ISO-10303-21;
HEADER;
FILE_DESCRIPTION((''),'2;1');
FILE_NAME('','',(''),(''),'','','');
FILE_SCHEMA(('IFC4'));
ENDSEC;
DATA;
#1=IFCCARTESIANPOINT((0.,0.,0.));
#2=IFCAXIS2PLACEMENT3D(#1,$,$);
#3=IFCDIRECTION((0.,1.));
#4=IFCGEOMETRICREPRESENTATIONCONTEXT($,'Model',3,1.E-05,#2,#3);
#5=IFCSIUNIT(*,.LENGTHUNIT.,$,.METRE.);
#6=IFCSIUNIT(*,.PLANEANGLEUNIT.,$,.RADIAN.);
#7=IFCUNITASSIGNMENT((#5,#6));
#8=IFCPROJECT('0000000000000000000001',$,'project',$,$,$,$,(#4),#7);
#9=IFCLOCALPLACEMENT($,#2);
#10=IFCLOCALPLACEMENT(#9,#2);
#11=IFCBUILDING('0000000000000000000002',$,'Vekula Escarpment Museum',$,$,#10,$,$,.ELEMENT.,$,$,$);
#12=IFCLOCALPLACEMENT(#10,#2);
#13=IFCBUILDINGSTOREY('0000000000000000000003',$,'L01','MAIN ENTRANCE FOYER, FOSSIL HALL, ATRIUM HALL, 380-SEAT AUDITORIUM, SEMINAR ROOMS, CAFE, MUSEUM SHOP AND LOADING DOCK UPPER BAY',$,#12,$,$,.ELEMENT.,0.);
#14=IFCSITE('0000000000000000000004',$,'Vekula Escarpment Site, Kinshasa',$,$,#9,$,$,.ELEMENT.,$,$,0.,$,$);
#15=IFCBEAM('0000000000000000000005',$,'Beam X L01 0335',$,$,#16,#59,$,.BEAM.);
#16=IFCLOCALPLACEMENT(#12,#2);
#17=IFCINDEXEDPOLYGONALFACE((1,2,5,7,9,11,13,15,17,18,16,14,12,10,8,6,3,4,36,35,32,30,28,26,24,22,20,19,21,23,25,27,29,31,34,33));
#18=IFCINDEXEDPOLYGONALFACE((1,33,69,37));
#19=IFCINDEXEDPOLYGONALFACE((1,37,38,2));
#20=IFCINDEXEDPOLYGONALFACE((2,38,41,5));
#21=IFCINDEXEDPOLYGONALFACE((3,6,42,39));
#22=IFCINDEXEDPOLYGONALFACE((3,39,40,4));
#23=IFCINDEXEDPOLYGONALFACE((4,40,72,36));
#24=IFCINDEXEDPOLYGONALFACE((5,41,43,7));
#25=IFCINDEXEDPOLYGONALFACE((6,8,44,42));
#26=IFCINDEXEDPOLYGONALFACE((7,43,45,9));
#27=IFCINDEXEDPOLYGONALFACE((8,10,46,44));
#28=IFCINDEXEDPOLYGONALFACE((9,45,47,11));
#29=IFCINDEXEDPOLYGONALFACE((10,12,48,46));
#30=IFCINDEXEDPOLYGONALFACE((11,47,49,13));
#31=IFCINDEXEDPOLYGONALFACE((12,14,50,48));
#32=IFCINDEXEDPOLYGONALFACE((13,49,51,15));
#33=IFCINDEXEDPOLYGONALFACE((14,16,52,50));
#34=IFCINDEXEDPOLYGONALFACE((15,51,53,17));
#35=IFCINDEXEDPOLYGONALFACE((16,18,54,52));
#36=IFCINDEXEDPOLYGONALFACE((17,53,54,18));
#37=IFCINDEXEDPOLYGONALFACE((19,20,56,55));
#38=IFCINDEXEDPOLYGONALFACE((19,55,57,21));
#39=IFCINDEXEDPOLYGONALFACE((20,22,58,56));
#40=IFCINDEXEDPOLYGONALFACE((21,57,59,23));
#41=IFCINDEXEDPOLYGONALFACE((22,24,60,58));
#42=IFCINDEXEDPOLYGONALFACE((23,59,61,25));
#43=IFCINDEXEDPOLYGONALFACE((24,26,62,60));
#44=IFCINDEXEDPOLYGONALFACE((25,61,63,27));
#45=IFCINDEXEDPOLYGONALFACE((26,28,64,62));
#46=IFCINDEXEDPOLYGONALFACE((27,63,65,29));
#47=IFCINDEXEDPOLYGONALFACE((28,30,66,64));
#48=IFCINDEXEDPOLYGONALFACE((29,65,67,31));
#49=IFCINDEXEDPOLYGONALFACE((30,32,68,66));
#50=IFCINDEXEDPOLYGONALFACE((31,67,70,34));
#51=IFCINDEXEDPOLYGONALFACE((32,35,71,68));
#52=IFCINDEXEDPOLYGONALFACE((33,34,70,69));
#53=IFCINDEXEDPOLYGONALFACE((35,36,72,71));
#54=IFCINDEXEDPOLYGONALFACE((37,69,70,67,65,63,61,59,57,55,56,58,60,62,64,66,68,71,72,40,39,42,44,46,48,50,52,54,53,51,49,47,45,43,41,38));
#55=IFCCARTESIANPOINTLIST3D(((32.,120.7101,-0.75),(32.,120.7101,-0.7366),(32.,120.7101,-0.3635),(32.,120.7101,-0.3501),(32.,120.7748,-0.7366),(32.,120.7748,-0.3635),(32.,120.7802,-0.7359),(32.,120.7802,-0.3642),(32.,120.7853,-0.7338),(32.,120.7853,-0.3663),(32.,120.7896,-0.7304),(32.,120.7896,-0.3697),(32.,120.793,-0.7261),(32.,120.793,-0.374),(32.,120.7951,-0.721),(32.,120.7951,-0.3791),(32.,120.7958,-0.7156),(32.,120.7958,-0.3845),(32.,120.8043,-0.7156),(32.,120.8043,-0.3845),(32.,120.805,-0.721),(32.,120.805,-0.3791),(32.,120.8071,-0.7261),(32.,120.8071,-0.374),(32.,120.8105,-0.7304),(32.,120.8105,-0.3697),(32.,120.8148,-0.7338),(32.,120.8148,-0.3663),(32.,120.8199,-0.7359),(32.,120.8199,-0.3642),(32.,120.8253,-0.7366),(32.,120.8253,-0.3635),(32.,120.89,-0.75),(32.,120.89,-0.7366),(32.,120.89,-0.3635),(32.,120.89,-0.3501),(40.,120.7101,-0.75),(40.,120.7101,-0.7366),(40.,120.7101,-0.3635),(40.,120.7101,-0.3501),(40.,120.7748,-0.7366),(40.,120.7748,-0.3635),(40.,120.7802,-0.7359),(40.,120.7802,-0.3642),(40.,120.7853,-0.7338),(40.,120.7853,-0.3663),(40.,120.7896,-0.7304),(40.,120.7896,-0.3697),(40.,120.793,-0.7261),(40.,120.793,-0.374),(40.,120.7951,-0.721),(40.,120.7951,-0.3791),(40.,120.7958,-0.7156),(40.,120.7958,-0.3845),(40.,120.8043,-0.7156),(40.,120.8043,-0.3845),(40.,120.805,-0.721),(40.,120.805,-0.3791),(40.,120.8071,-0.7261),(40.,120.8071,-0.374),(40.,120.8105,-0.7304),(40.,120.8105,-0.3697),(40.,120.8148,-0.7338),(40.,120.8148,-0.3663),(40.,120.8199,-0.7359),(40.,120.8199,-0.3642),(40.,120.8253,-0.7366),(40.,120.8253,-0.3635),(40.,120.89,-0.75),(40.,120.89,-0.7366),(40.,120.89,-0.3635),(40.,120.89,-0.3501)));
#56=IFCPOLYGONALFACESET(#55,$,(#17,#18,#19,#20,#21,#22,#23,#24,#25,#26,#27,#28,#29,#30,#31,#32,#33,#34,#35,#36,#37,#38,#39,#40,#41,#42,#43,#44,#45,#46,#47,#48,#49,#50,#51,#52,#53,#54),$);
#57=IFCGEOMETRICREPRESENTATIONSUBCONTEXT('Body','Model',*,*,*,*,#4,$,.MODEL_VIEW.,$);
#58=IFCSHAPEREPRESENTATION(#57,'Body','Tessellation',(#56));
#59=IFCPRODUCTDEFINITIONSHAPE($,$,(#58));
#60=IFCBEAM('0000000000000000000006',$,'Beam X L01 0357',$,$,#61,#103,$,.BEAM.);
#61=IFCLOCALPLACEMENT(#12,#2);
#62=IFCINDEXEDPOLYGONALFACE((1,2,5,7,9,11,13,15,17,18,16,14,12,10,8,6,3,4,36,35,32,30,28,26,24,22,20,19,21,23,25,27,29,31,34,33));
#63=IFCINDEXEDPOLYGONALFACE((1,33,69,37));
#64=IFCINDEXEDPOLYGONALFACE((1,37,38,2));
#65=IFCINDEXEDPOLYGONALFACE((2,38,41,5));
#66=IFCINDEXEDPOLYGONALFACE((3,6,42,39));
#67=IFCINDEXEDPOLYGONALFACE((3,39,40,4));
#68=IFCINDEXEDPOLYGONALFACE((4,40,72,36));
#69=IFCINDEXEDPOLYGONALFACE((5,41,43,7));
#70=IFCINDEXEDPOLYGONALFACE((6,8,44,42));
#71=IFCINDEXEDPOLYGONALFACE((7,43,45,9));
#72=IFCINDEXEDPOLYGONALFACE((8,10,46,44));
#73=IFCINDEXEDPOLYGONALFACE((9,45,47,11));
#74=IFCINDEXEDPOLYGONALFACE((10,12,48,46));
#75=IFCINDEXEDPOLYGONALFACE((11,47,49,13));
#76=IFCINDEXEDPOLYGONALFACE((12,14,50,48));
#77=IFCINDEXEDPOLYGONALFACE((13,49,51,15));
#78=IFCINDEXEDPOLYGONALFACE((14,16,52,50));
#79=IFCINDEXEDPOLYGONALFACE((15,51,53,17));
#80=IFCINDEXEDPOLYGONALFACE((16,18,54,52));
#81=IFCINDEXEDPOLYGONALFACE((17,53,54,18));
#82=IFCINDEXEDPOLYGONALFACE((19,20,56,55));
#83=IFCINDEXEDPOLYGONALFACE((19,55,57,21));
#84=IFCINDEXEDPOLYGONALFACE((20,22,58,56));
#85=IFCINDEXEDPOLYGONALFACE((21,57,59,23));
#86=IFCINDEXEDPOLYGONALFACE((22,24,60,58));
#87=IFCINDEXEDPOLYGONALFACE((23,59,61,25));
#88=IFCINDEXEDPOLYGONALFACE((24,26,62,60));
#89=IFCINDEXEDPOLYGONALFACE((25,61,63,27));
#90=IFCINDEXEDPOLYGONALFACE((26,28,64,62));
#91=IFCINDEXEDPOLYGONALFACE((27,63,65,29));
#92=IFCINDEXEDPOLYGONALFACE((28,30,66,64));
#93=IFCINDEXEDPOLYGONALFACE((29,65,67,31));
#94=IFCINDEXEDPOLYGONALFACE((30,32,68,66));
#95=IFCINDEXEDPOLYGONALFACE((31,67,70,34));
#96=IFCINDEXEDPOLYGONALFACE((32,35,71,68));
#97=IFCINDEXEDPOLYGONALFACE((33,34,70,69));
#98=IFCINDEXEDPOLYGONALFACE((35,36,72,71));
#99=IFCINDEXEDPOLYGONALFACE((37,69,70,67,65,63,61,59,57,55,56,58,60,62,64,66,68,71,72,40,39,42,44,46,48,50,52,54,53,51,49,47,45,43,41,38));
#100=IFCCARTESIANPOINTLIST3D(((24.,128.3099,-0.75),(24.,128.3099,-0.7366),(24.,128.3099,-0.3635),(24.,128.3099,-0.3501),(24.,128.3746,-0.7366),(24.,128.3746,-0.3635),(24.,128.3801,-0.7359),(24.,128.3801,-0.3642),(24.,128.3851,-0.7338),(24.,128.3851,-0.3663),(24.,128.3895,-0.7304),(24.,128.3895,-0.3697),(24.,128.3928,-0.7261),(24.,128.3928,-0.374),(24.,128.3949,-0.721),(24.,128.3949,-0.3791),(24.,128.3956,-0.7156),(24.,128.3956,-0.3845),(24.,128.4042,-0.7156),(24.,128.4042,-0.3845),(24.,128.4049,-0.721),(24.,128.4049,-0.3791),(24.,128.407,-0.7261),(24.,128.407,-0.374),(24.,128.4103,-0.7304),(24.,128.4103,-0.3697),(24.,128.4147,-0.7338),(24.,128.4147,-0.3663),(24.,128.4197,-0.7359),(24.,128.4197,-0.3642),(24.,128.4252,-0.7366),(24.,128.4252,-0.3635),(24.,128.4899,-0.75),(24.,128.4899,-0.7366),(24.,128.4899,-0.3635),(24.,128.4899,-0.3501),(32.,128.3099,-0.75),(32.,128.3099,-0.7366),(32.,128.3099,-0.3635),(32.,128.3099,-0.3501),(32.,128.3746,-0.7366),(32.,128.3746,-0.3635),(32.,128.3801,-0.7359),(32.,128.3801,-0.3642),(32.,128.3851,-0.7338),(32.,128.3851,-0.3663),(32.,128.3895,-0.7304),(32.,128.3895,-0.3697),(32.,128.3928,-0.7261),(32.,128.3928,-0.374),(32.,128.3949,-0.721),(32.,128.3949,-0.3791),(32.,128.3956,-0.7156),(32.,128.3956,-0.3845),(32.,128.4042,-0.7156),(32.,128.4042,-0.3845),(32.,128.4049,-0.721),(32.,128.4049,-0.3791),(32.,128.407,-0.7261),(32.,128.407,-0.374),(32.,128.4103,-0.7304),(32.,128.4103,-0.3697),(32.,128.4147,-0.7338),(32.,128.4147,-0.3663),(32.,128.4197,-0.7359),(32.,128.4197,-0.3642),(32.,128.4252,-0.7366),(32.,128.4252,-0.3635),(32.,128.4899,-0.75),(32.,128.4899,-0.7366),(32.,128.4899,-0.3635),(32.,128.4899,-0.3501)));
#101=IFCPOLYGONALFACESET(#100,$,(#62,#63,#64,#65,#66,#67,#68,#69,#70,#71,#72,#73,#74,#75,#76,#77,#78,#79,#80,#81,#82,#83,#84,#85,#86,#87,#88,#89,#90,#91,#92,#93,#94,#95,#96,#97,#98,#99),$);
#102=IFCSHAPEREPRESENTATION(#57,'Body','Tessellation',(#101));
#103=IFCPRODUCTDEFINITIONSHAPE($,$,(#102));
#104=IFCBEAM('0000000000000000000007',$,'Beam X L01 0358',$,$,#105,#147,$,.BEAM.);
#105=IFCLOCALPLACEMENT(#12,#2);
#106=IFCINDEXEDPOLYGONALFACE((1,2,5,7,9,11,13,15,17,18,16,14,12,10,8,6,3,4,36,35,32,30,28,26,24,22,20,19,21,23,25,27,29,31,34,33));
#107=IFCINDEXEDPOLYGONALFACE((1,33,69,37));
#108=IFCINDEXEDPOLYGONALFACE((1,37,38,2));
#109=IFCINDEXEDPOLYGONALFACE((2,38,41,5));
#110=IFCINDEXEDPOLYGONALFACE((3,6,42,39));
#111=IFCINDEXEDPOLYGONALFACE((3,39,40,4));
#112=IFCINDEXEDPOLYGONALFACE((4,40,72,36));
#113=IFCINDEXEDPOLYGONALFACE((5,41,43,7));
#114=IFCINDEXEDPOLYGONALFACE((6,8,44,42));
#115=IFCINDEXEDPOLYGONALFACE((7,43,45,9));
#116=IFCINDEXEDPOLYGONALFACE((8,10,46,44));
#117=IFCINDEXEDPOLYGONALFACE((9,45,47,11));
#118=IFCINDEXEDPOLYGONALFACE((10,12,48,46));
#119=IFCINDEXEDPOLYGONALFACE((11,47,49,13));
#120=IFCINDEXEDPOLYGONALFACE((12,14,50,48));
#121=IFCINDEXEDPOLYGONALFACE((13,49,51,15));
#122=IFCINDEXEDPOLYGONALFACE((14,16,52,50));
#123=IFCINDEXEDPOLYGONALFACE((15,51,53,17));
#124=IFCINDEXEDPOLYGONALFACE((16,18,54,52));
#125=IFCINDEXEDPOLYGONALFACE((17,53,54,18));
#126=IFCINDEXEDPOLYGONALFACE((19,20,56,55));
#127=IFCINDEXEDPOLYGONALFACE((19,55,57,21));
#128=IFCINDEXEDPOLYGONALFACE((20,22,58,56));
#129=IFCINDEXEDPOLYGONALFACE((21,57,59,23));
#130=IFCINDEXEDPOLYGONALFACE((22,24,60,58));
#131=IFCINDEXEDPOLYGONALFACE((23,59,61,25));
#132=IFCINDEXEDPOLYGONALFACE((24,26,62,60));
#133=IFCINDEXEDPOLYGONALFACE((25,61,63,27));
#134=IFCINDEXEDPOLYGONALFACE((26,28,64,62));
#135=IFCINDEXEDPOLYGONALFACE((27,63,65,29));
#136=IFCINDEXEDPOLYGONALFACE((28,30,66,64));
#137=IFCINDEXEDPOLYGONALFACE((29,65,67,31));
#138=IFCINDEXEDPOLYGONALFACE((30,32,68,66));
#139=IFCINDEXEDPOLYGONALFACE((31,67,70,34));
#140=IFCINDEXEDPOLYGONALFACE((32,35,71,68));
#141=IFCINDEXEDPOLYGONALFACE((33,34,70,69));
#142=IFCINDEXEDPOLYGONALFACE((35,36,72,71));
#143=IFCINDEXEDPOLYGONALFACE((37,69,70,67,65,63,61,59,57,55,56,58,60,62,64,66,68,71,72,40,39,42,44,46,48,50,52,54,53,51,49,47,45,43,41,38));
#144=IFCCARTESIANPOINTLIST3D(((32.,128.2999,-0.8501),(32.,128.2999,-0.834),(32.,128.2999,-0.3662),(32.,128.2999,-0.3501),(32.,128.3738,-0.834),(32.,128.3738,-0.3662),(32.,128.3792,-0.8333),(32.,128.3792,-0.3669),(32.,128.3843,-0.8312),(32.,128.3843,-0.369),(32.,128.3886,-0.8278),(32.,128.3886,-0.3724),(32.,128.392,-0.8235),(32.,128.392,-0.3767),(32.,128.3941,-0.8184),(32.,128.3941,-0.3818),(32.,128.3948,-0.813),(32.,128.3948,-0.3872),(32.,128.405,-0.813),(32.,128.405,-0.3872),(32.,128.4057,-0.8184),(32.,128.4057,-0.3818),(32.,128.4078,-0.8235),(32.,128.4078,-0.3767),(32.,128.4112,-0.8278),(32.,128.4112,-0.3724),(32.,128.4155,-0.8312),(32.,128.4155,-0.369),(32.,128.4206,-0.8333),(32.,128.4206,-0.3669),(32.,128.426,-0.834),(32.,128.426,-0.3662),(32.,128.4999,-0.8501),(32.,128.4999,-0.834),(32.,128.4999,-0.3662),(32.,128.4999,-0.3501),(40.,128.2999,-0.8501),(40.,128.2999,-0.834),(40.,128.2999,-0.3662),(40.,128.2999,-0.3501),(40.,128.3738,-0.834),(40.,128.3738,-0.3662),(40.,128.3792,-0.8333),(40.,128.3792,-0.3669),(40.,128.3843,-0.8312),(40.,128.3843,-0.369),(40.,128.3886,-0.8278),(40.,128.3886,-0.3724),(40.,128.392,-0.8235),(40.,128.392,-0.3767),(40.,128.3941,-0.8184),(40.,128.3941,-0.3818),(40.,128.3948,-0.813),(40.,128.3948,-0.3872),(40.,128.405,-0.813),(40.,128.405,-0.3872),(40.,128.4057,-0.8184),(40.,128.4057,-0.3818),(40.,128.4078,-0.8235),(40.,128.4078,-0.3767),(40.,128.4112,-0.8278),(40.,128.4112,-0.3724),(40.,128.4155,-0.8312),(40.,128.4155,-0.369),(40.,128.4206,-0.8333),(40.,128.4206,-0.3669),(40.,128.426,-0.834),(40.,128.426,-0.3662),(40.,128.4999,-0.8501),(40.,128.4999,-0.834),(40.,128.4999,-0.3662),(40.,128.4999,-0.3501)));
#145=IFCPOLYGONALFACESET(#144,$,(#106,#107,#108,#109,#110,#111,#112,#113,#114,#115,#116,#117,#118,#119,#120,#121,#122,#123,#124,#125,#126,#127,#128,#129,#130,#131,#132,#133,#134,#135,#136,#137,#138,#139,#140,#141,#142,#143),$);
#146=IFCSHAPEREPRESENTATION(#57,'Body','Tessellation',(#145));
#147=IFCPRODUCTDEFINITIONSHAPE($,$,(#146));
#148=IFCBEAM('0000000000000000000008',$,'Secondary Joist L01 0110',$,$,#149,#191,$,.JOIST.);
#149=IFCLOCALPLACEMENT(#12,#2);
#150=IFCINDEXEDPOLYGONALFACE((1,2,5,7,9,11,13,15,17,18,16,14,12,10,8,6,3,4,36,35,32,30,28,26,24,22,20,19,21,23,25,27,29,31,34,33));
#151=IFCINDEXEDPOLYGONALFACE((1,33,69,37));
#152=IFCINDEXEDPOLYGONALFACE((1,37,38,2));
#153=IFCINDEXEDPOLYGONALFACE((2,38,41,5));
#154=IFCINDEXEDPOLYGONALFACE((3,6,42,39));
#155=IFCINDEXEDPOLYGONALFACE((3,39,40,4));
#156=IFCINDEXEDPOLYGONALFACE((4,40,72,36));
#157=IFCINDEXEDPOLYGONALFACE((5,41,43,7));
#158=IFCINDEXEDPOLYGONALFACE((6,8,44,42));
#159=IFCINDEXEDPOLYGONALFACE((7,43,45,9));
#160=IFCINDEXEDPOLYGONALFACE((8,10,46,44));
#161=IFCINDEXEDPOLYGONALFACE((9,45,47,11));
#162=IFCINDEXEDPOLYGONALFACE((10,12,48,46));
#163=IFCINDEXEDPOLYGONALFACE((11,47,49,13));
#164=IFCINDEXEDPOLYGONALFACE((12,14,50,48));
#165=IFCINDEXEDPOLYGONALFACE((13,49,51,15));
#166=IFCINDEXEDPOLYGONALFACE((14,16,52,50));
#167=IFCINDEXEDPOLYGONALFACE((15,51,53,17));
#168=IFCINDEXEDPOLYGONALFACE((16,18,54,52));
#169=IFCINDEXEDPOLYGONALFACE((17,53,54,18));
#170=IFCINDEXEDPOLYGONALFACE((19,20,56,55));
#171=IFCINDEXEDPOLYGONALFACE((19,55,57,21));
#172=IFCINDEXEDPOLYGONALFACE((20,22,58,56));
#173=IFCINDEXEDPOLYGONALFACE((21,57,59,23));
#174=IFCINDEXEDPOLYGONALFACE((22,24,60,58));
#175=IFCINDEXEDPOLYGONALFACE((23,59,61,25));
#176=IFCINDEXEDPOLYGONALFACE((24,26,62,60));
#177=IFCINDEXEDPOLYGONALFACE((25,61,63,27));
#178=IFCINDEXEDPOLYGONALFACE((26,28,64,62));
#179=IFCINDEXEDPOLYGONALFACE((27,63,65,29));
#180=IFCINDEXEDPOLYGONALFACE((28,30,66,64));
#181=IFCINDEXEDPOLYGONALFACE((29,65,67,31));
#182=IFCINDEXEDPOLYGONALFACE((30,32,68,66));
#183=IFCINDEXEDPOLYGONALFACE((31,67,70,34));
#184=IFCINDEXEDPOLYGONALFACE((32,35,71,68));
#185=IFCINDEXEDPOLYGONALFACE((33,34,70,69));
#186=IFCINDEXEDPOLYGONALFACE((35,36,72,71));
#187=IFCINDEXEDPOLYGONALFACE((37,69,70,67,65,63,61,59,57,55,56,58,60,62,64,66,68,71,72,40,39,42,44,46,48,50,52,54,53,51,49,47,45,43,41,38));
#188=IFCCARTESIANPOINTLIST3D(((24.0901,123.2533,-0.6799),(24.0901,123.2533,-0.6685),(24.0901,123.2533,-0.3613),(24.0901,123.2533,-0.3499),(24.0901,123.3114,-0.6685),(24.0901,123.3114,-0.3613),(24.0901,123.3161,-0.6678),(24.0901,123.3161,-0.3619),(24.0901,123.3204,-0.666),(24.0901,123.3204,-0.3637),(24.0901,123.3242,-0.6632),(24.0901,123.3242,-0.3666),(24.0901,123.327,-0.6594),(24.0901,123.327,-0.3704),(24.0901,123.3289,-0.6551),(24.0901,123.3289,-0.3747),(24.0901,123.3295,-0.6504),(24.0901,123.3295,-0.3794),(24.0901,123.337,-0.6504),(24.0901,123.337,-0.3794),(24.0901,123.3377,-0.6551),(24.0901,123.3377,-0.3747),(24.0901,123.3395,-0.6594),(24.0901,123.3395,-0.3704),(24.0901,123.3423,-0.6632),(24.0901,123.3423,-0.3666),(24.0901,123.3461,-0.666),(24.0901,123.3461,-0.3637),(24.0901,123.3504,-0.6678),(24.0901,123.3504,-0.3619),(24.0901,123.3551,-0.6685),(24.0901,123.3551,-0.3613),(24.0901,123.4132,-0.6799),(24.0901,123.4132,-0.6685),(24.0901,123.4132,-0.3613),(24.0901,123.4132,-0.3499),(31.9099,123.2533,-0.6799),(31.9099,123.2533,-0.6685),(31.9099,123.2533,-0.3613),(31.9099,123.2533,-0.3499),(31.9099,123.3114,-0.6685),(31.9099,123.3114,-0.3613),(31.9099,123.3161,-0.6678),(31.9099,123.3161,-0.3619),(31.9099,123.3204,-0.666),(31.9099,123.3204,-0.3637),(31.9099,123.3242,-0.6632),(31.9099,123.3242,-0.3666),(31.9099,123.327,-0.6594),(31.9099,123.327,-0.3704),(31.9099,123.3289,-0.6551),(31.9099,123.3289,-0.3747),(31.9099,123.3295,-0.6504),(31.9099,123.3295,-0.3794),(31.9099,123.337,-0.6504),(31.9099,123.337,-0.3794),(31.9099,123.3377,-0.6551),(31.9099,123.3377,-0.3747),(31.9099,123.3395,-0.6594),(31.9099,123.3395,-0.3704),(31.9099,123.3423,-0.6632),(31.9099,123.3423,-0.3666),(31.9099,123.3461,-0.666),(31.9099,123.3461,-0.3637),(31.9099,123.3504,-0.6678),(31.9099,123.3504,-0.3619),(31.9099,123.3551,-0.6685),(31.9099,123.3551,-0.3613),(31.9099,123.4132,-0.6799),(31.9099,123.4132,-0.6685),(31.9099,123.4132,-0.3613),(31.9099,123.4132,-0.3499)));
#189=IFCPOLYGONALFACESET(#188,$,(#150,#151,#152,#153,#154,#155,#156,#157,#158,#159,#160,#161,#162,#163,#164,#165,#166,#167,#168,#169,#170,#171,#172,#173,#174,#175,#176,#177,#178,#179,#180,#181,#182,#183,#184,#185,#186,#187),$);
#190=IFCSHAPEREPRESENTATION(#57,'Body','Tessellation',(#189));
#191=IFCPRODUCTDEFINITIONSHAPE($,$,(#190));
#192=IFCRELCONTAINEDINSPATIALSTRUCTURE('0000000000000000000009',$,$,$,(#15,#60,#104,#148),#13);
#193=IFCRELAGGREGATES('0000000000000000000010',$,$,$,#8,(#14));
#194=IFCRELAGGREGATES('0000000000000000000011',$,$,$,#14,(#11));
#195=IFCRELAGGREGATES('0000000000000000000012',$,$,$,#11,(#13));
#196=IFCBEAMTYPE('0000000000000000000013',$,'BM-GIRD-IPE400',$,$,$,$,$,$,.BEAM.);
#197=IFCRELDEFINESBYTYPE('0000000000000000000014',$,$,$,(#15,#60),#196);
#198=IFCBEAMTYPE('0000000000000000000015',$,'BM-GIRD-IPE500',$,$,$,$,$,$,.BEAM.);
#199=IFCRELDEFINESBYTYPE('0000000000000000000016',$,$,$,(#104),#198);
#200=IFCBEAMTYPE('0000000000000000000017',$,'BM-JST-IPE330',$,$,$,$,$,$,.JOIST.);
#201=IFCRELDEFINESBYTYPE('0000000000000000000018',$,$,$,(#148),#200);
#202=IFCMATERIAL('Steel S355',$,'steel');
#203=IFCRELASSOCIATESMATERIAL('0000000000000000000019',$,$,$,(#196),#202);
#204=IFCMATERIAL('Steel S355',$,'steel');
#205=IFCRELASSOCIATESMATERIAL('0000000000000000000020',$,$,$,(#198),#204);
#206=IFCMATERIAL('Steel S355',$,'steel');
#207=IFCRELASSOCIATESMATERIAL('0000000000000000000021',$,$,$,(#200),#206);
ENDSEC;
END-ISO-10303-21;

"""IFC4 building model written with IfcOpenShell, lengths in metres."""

from ifc_helpers import new_model, si_unit, direction, frame, origin, origin_2d, place, context, subcontext, project, spatial, i_section, extrude, material, material_profile, profile_set, type_object, element, save


model = new_model("IFC4")

# Units and contexts
model_context = context("Model", 3, precision=1e-05, world=origin(), true_north=direction((0.0, 1.0)))
body_context = subcontext(model_context, "Body", "Model", "MODEL_VIEW")
ifc_project = project(units=[si_unit("LENGTHUNIT", "METRE"), si_unit("PLANEANGLEUNIT", "RADIAN")], contexts=[model_context])

# Site, building, storey
site_placement = place(None, origin())
site = spatial("IfcSite", under=ifc_project, at=site_placement, Name="Vekula Escarpment Site, Kinshasa", CompositionType="ELEMENT", RefElevation=0.0)
building_placement = place(site_placement, origin())
building = spatial("IfcBuilding", under=site, at=building_placement, Name="Vekula Escarpment Museum", CompositionType="ELEMENT")
storey_placement = place(building_placement, origin())
storey = spatial("IfcBuildingStorey", under=building, at=storey_placement, Name="L01", Description="MAIN ENTRANCE FOYER, FOSSIL HALL, ATRIUM HALL, 380-SEAT AUDITORIUM, SEMINAR ROOMS, CAFE, MUSEUM SHOP AND LOADING DOCK UPPER BAY", CompositionType="ELEMENT", Elevation=0.0)

# Beams
ifc_material_1 = material(Name="Steel S355", Category="steel")
ifc_material_profile_1 = material_profile(ifc_material_1, i_section(OverallWidth=0.1799, OverallDepth=0.3999, WebThickness=0.0085, FlangeThickness=0.0134, FilletRadius=0.021, at=origin_2d()), Name="IPE 400")
ifc_profile_set_1 = profile_set([ifc_material_profile_1], Name="Steel S355")
beam_type_1 = type_object("IfcBeamType", Name="BM-GIRD-IPE400", PredefinedType="BEAM", material=ifc_profile_set_1)
for number, where, z_axis, x_axis, name in (
    (1, (32.0, 120.8, -0.55), (1.0, 0.0, 0.0), (0.0, 1.0, 0.0), "Beam X L01 0335"),
    (2, (24.0, 128.3999, -0.55), (1.0, 0.0, 0.0), (0.0, 1.0, 0.0), "Beam X L01 0357"),
):
    element("IfcBeam", number, at=place(storey_placement, frame(where, z_axis=z_axis, x_axis=x_axis)), inside=storey, type_object=beam_type_1, Name=name, PredefinedType="BEAM", context=body_context, shape_type="SweptSolid", body=[
        extrude(i_section(OverallWidth=0.1799, OverallDepth=0.3999, WebThickness=0.0085, FlangeThickness=0.0134, FilletRadius=0.021, at=origin_2d()), origin(), (0.0, 0.0, 1.0), 8.0),
    ])
ifc_material_2 = material(Name="Steel S355", Category="steel")
ifc_material_profile_2 = material_profile(ifc_material_2, i_section(OverallWidth=0.2, OverallDepth=0.5, WebThickness=0.0103, FlangeThickness=0.0161, FilletRadius=0.021, at=origin_2d()), Name="IPE 500")
ifc_profile_set_2 = profile_set([ifc_material_profile_2], Name="Steel S355")
beam_type_2 = type_object("IfcBeamType", Name="BM-GIRD-IPE500", PredefinedType="BEAM", material=ifc_profile_set_2)
beam_1_placement = place(storey_placement, frame((32.0, 128.3999, -0.6001), z_axis=(1.0, 0.0, 0.0), x_axis=(0.0, 1.0, 0.0)))
element("IfcBeam", 3, at=beam_1_placement, inside=storey, type_object=beam_type_2, Name="Beam X L01 0358", PredefinedType="BEAM", context=body_context, shape_type="SweptSolid", body=[
    extrude(i_section(OverallWidth=0.2, OverallDepth=0.5, WebThickness=0.0103, FlangeThickness=0.0161, FilletRadius=0.021, at=origin_2d()), origin(), (0.0, 0.0, 1.0), 8.0),
])
ifc_material_3 = material(Name="Steel S355", Category="steel")
ifc_material_profile_3 = material_profile(ifc_material_3, i_section(OverallWidth=0.1599, OverallDepth=0.3301, WebThickness=0.0076, FlangeThickness=0.0115, FilletRadius=0.0181, at=origin_2d()), Name="IPE 330")
ifc_profile_set_3 = profile_set([ifc_material_profile_3], Name="Steel S355")
beam_type_3 = type_object("IfcBeamType", Name="BM-JST-IPE330", PredefinedType="JOIST", material=ifc_profile_set_3)
for number, where, z_axis, x_axis, name in (
    (4, (24.0901, 123.3333, -0.5149), (1.0, 0.0, 0.0), (0.0, 1.0, 0.0), "Secondary Joist L01 0110"),
):
    element("IfcBeam", number, at=place(storey_placement, frame(where, z_axis=z_axis, x_axis=x_axis)), inside=storey, type_object=beam_type_3, Name=name, PredefinedType="JOIST", context=body_context, shape_type="SweptSolid", body=[
        extrude(i_section(OverallWidth=0.1599, OverallDepth=0.3301, WebThickness=0.0076, FlangeThickness=0.0115, FilletRadius=0.0181, at=origin_2d()), origin(), (0.0, 0.0, 1.0), 7.8198),
    ])

save(model, "model.ifc")
